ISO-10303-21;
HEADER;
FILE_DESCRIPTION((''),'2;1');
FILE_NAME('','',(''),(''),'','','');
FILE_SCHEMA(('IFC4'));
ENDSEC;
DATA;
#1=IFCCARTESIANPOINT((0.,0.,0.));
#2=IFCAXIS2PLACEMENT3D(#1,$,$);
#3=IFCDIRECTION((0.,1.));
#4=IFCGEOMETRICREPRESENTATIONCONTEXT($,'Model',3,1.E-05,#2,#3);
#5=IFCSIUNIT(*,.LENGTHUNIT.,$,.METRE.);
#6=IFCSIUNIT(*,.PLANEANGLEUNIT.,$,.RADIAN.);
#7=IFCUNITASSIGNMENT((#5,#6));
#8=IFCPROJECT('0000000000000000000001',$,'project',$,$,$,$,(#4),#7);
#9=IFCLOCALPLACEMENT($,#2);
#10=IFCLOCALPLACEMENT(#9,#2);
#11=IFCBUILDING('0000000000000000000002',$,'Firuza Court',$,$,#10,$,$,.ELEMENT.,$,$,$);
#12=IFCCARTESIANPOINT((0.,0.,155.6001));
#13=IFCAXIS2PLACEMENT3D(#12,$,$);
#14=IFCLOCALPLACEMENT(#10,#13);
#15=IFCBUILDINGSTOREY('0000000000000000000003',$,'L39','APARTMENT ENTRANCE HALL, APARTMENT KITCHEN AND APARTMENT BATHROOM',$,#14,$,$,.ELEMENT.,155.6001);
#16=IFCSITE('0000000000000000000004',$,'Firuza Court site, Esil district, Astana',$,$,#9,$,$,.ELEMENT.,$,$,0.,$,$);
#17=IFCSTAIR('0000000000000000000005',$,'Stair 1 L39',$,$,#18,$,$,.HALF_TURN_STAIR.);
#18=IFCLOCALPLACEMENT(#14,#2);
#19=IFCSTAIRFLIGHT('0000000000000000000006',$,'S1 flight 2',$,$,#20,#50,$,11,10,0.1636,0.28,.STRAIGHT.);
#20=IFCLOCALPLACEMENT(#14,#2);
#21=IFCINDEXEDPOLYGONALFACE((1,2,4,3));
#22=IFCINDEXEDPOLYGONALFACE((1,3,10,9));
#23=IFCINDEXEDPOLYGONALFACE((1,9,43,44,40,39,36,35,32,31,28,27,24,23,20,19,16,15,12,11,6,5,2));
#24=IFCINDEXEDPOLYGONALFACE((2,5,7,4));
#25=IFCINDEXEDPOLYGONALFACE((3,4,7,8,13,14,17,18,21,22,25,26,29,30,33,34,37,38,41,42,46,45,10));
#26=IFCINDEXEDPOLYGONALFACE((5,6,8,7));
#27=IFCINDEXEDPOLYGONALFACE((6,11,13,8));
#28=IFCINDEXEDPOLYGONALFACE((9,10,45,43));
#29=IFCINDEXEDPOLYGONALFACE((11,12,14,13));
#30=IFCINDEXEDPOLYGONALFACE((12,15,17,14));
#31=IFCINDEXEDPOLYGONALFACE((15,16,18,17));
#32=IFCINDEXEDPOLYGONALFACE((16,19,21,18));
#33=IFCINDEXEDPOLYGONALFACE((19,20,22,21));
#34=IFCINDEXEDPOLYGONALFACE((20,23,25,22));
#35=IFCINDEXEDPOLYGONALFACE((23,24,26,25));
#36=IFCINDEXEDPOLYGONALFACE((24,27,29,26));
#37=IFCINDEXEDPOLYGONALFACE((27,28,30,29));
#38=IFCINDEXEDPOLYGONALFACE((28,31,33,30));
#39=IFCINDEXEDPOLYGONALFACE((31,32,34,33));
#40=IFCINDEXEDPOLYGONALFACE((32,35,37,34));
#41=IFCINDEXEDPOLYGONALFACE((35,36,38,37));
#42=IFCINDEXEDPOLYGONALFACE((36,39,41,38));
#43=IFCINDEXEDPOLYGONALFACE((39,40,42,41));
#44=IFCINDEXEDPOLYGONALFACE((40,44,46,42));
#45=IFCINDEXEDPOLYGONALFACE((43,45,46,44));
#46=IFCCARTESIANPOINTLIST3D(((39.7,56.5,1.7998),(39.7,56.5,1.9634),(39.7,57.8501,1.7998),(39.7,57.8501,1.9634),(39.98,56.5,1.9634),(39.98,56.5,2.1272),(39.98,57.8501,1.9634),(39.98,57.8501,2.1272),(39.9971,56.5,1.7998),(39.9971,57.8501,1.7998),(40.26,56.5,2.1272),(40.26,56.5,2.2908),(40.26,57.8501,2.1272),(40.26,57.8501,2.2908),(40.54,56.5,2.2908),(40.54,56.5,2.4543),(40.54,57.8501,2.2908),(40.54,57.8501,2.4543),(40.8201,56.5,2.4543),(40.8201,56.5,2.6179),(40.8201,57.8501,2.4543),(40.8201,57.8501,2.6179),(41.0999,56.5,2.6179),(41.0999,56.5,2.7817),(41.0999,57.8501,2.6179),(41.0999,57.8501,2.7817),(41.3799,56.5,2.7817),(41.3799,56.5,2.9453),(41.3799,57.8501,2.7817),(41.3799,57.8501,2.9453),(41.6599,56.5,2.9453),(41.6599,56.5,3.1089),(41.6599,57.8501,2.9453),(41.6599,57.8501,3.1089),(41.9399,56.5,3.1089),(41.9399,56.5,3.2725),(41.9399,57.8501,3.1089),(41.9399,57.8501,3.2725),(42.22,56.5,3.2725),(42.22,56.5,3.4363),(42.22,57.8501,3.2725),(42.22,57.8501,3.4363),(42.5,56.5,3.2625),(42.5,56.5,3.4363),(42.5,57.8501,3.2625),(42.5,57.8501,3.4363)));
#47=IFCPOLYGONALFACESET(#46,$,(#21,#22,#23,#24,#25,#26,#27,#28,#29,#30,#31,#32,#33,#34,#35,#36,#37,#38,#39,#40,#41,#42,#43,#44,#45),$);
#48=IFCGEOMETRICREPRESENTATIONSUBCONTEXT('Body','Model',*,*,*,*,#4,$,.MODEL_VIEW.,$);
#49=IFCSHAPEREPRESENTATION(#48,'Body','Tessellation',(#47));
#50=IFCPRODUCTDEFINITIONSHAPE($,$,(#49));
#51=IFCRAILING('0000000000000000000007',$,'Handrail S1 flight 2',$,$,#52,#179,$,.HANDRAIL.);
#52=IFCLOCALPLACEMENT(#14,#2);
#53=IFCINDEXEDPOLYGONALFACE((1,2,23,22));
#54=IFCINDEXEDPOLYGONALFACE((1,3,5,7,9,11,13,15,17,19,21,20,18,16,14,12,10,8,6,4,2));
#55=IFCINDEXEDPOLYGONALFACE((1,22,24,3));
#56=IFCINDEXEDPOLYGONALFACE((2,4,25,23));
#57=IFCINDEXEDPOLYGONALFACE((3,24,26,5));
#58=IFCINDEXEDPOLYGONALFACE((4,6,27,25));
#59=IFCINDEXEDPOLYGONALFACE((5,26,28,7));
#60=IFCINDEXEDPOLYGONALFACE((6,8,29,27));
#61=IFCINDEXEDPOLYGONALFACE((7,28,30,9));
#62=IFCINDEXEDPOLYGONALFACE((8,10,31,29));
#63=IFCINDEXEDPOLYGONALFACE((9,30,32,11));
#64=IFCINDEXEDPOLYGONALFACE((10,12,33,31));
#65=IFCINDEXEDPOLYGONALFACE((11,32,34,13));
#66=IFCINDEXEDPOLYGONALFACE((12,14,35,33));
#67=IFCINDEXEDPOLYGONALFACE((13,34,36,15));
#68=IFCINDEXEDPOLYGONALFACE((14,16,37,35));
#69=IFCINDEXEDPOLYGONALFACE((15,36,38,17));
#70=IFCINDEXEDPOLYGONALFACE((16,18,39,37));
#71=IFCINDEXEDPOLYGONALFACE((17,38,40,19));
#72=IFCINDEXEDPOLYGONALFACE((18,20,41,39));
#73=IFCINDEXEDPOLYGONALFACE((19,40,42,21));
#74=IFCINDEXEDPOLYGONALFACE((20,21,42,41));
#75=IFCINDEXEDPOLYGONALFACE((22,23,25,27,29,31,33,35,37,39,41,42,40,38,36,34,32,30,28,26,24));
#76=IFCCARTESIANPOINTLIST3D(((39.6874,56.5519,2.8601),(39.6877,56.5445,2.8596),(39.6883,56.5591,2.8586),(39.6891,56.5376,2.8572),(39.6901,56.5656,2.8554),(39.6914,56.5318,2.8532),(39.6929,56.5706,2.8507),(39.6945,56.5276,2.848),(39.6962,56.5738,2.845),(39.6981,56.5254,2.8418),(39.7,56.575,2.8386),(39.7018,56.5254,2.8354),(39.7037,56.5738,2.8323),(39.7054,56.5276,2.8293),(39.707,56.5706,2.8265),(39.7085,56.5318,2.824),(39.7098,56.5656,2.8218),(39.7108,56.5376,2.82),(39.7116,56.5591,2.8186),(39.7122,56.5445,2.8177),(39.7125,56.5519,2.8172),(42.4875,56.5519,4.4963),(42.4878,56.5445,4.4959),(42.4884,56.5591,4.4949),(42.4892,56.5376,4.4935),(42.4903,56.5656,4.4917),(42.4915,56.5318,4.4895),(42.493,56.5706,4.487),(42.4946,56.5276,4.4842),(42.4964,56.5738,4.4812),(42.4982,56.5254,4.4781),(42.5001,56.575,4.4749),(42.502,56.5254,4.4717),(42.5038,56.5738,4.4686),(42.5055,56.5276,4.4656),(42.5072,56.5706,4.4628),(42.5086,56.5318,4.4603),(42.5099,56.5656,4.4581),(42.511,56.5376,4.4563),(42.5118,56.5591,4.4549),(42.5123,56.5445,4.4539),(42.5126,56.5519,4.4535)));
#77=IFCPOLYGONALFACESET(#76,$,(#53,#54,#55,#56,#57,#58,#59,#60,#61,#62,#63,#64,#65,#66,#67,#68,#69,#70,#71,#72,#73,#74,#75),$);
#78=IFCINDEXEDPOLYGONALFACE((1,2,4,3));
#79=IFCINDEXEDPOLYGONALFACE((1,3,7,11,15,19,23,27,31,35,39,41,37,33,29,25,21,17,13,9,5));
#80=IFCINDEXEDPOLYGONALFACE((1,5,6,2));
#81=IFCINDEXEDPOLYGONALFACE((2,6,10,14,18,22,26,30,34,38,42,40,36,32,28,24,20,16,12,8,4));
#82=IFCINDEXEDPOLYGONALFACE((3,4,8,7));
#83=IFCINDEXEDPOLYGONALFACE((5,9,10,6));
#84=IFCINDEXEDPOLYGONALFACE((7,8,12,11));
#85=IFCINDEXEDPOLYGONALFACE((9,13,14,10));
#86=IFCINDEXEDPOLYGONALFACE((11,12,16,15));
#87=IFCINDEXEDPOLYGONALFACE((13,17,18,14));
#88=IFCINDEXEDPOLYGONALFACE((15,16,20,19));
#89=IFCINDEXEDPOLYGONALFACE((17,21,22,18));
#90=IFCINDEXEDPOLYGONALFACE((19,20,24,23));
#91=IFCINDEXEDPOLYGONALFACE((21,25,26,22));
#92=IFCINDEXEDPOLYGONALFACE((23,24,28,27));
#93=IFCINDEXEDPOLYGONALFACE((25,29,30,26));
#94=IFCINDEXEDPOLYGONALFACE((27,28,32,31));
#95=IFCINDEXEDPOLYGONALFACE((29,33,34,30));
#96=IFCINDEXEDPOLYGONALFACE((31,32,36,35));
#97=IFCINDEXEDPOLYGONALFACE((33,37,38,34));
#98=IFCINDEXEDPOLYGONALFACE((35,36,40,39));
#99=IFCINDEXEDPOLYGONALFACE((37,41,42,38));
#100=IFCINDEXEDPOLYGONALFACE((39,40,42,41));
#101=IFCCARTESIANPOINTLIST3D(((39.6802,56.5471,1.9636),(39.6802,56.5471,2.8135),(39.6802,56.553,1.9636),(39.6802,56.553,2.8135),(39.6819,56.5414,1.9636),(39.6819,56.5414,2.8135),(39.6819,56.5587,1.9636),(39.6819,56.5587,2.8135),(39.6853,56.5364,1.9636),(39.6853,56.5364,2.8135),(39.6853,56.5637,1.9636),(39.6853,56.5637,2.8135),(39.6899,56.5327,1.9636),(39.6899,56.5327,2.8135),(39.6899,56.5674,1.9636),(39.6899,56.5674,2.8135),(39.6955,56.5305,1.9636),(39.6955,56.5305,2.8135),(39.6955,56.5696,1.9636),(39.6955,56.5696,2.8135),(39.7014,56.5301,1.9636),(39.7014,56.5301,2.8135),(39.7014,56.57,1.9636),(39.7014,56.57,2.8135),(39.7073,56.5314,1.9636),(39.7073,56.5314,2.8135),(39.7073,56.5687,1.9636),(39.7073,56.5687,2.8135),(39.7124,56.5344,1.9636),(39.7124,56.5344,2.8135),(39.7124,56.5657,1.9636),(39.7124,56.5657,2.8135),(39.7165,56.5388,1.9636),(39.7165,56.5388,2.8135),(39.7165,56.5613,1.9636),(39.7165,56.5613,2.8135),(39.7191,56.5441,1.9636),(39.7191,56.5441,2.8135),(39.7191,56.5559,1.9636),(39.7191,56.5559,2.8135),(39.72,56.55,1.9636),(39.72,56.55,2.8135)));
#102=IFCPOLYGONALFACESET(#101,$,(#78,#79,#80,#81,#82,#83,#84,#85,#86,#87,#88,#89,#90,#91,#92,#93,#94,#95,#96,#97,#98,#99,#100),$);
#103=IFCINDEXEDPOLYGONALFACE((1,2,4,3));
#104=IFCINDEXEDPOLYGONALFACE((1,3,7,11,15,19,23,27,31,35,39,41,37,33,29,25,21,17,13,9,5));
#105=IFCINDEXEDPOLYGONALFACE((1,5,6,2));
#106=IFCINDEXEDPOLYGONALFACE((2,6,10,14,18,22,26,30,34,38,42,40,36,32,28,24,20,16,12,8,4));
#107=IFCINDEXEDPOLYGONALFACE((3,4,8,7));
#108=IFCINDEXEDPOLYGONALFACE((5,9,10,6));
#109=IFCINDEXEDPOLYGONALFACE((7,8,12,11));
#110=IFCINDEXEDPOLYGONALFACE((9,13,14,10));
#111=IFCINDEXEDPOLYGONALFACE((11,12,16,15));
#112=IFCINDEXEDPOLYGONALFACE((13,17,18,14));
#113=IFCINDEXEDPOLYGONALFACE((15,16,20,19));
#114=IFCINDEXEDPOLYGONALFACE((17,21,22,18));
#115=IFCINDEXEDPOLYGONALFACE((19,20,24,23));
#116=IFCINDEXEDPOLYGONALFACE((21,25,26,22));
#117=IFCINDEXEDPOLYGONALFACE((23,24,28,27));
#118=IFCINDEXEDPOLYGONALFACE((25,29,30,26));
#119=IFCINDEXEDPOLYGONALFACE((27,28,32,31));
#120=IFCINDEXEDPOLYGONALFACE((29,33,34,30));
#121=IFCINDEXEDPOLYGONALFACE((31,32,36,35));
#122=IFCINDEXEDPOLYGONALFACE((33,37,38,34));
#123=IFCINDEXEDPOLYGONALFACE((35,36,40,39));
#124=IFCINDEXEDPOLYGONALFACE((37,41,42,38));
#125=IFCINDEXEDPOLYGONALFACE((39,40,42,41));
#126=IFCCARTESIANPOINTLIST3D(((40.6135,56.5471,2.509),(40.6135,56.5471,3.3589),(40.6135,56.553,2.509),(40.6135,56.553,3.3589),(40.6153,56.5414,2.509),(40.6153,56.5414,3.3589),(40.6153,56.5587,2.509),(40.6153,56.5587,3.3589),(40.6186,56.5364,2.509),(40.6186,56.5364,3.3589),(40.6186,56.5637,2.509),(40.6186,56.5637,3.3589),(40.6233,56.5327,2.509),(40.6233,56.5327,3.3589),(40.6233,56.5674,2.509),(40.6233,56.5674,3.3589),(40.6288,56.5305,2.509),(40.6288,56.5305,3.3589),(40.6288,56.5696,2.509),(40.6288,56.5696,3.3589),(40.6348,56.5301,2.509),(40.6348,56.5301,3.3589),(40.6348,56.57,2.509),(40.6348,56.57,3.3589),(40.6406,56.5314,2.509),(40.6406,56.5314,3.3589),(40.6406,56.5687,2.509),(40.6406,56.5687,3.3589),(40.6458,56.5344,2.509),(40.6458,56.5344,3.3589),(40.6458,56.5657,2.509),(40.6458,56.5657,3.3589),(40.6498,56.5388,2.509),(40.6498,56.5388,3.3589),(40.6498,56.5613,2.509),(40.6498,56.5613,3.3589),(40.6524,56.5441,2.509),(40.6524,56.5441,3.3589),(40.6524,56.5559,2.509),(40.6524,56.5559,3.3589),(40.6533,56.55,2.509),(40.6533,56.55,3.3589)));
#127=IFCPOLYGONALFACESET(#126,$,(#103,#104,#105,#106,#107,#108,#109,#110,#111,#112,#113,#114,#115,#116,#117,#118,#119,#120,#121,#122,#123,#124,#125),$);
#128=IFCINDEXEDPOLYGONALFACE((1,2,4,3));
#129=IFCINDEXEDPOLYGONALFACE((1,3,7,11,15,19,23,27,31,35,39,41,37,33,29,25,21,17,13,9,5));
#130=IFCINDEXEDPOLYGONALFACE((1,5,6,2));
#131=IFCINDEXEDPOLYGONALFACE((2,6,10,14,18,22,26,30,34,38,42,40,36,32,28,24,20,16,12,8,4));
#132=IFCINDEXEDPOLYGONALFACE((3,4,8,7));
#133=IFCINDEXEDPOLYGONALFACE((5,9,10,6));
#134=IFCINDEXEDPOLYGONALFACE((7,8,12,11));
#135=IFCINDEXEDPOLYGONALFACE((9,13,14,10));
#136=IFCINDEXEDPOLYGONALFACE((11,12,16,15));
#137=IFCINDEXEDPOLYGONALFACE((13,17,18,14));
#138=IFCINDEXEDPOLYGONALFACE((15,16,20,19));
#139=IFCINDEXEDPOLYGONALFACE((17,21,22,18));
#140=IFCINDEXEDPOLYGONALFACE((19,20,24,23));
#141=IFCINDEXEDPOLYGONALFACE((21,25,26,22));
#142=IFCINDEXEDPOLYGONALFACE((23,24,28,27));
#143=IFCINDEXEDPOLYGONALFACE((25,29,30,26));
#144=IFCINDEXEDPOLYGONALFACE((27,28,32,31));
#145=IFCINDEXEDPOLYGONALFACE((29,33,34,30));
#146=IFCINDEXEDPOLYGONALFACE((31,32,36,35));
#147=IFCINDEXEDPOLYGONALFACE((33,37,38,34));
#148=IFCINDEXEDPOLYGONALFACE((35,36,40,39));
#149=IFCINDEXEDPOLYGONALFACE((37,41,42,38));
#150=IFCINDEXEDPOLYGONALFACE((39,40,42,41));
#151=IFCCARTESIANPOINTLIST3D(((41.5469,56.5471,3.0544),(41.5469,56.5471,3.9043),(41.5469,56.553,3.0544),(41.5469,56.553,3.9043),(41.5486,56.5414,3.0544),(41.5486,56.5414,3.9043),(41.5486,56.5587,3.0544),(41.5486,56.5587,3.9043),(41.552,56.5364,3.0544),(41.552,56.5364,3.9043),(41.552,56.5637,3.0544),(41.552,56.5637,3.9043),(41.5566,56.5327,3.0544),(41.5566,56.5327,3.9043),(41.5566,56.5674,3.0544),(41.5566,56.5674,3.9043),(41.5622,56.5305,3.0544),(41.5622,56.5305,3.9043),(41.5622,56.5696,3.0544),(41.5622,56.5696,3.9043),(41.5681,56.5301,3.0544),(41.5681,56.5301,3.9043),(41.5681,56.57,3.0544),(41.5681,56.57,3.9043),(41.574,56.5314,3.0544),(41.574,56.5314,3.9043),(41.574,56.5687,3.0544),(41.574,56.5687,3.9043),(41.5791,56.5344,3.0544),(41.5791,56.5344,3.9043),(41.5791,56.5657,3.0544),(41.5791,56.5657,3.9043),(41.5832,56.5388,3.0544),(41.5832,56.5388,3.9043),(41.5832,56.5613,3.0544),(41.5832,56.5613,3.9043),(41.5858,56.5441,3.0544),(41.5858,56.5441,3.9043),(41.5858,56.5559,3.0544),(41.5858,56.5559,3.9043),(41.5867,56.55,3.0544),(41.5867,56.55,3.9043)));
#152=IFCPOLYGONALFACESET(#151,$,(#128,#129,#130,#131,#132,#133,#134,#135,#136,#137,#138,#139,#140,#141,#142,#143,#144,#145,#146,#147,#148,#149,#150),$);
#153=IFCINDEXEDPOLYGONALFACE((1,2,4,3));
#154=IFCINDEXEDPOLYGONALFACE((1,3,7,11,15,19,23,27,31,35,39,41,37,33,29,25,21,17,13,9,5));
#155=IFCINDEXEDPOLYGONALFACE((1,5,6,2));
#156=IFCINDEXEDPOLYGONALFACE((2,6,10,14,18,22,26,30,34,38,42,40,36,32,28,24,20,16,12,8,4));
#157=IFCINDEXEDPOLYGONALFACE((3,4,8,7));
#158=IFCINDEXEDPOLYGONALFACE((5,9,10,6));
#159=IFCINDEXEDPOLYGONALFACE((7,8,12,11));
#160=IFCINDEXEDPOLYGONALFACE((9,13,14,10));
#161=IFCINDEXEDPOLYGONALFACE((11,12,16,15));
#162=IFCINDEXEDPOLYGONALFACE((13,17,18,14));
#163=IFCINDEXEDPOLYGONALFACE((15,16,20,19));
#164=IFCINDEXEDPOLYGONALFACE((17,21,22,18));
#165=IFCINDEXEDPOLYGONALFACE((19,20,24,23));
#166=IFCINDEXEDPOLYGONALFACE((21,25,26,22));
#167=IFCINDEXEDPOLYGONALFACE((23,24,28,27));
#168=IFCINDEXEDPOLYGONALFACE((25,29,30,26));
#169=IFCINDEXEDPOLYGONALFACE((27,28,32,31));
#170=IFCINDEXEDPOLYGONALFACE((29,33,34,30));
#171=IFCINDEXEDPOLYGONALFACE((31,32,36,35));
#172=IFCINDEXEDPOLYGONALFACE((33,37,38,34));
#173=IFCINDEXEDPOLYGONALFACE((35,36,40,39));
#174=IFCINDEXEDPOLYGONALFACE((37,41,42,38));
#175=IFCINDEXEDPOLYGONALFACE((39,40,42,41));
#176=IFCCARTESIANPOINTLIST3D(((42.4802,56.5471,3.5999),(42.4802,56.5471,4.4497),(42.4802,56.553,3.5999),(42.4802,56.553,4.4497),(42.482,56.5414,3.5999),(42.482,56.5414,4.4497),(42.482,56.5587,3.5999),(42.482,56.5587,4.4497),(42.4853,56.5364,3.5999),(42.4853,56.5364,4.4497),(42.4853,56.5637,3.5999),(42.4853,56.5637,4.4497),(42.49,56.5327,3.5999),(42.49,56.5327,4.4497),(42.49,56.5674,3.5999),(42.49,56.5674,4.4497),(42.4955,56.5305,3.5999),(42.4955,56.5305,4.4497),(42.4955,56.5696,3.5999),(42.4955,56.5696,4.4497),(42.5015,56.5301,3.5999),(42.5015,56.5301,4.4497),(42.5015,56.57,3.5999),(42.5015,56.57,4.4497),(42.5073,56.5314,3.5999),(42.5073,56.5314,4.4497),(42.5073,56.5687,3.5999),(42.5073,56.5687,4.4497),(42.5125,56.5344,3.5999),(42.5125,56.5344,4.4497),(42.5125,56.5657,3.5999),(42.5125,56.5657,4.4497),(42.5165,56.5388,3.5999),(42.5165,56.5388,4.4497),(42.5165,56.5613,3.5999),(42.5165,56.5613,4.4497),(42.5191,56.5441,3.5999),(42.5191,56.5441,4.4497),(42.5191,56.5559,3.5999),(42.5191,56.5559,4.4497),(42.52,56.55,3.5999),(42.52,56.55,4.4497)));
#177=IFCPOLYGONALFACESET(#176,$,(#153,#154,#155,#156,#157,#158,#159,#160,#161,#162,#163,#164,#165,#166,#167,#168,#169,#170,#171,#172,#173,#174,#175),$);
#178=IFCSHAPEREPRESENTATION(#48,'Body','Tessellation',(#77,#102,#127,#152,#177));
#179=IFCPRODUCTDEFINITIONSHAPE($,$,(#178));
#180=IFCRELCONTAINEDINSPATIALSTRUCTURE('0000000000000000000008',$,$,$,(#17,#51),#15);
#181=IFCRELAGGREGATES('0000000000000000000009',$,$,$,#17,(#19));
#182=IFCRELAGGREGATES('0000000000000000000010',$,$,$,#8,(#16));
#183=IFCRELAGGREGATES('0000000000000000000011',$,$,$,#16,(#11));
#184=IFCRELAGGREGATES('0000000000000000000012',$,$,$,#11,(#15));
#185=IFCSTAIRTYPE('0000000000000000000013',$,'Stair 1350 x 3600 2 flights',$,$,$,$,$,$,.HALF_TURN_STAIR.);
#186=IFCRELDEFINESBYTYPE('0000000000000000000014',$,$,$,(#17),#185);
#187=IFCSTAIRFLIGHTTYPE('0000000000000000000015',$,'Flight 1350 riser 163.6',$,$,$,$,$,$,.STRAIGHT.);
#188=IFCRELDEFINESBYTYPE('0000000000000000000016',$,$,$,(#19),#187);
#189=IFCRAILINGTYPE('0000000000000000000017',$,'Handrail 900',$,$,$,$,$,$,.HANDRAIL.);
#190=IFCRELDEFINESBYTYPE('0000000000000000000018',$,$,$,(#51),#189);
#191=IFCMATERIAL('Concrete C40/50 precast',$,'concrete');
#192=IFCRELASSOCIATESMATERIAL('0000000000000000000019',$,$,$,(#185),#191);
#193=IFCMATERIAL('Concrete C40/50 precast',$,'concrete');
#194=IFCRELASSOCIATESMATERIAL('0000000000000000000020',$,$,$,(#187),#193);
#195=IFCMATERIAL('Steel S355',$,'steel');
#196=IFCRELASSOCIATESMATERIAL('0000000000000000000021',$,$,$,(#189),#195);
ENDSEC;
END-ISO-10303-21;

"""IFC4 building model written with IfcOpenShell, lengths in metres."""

from ifc_helpers import new_model, si_unit, direction, frame, origin, origin_2d, place, context, subcontext, project, spatial, polyline, circle, outline, extrude, material, type_object, element, aggregate, save


model = new_model("IFC4")

# Units and contexts
model_context = context("Model", 3, precision=1e-05, world=origin(), true_north=direction((0.0, 1.0)))
body_context = subcontext(model_context, "Body", "Model", "MODEL_VIEW")
ifc_project = project(units=[si_unit("LENGTHUNIT", "METRE"), si_unit("PLANEANGLEUNIT", "RADIAN")], contexts=[model_context])

# Site, building, storey
site_placement = place(None, origin())
site = spatial("IfcSite", under=ifc_project, at=site_placement, Name="Firuza Court site, Esil district, Astana", CompositionType="ELEMENT", RefElevation=0.0)
building_placement = place(site_placement, origin())
building = spatial("IfcBuilding", under=site, at=building_placement, Name="Firuza Court", CompositionType="ELEMENT")
storey_placement = place(building_placement, frame((0.0, 0.0, 155.6001)))
storey = spatial("IfcBuildingStorey", under=building, at=storey_placement, Name="L39", Description="APARTMENT ENTRANCE HALL, APARTMENT KITCHEN AND APARTMENT BATHROOM", CompositionType="ELEMENT", Elevation=155.6001)

# Stair, stair flight
ifc_material_1 = material(Name="Concrete C40/50 precast", Category="concrete")
stair_type = type_object("IfcStairType", Name="Stair 1350 x 3600 2 flights", PredefinedType="HALF_TURN_STAIR", material=ifc_material_1)
stair_placement = place(storey_placement, origin())
stair = element("IfcStair", 1, at=stair_placement, inside=storey, type_object=stair_type, Name="Stair 1 L39", PredefinedType="HALF_TURN_STAIR")
ifc_material_2 = material(Name="Concrete C40/50 precast", Category="concrete")
stair_flight_type = type_object("IfcStairFlightType", Name="Flight 1350 riser 163.6", PredefinedType="STRAIGHT", material=ifc_material_2)
stair_flight_placement = place(storey_placement, frame((39.7, 57.175, 1.7998), z_axis=(0.0, 0.0, 1.0), x_axis=(1.0, 0.0, 0.0)))
stair_flight = element("IfcStairFlight", 2, at=stair_flight_placement, type_object=stair_flight_type, Name="S1 flight 2", NumberOfRisers=11, NumberOfTreads=10, PredefinedType="STRAIGHT", RiserHeight=0.1636, TreadLength=0.28, context=body_context, shape_type="SweptSolid", body=[
    extrude(outline(polyline([(0.0, 0.0), (0.0, 0.1636), (0.28, 0.1636), (0.28, 0.3274), (0.5601, 0.3274), (0.5601, 0.491), (0.8401, 0.491), (0.8401, 0.6545), (1.1201, 0.6545), (1.1201, 0.8181), (1.3999, 0.8181), (1.3999, 0.9819), (1.6799, 0.9819), (1.6799, 1.1455), (1.96, 1.1455), (1.96, 1.3091), (2.24, 1.3091), (2.24, 1.4727), (2.52, 1.4727), (2.52, 1.6365), (2.8, 1.6365), (2.8, 1.8), (2.8, 1.4626), (0.2971, 0.0), (0.0, 0.0)])), frame((0.0, 0.675, 0.0), z_axis=(0.0, -1.0, 0.0), x_axis=(1.0, 0.0, 0.0)), (0.0, 0.0, 1.0), 1.3501),
])
aggregate(stair, [stair_flight])

# Railing
ifc_material_3 = material(Name="Steel S355", Category="steel")
railing_type = type_object("IfcRailingType", Name="Handrail 900", PredefinedType="HANDRAIL", material=ifc_material_3)
railing_placement = place(storey_placement, frame((39.7, 56.55, 1.9636)))
element("IfcRailing", 3, at=railing_placement, inside=storey, type_object=railing_type, Name="Handrail S1 flight 2", PredefinedType="HANDRAIL", context=body_context, shape_type="SweptSolid", body=[
    extrude(circle(Radius=0.0249, at=origin_2d()), frame((0.0, 0.0, 0.875), z_axis=(0.863394, 0.0, 0.504531), x_axis=(0.0, 1.0, 0.0)), (0.0, 0.0, 1.0), 3.2432),
    extrude(circle(Radius=0.02, at=origin_2d()), origin(), (0.0, 0.0, 1.0), 0.8499),
    extrude(circle(Radius=0.02, at=origin_2d()), frame((0.9333, 0.0, 0.5454)), (0.0, 0.0, 1.0), 0.8499),
    extrude(circle(Radius=0.02, at=origin_2d()), frame((1.8667, 0.0, 1.0908)), (0.0, 0.0, 1.0), 0.8499),
    extrude(circle(Radius=0.02, at=origin_2d()), frame((2.8, 0.0, 1.6362)), (0.0, 0.0, 1.0), 0.8499),
])

save(model, "model.ifc")
